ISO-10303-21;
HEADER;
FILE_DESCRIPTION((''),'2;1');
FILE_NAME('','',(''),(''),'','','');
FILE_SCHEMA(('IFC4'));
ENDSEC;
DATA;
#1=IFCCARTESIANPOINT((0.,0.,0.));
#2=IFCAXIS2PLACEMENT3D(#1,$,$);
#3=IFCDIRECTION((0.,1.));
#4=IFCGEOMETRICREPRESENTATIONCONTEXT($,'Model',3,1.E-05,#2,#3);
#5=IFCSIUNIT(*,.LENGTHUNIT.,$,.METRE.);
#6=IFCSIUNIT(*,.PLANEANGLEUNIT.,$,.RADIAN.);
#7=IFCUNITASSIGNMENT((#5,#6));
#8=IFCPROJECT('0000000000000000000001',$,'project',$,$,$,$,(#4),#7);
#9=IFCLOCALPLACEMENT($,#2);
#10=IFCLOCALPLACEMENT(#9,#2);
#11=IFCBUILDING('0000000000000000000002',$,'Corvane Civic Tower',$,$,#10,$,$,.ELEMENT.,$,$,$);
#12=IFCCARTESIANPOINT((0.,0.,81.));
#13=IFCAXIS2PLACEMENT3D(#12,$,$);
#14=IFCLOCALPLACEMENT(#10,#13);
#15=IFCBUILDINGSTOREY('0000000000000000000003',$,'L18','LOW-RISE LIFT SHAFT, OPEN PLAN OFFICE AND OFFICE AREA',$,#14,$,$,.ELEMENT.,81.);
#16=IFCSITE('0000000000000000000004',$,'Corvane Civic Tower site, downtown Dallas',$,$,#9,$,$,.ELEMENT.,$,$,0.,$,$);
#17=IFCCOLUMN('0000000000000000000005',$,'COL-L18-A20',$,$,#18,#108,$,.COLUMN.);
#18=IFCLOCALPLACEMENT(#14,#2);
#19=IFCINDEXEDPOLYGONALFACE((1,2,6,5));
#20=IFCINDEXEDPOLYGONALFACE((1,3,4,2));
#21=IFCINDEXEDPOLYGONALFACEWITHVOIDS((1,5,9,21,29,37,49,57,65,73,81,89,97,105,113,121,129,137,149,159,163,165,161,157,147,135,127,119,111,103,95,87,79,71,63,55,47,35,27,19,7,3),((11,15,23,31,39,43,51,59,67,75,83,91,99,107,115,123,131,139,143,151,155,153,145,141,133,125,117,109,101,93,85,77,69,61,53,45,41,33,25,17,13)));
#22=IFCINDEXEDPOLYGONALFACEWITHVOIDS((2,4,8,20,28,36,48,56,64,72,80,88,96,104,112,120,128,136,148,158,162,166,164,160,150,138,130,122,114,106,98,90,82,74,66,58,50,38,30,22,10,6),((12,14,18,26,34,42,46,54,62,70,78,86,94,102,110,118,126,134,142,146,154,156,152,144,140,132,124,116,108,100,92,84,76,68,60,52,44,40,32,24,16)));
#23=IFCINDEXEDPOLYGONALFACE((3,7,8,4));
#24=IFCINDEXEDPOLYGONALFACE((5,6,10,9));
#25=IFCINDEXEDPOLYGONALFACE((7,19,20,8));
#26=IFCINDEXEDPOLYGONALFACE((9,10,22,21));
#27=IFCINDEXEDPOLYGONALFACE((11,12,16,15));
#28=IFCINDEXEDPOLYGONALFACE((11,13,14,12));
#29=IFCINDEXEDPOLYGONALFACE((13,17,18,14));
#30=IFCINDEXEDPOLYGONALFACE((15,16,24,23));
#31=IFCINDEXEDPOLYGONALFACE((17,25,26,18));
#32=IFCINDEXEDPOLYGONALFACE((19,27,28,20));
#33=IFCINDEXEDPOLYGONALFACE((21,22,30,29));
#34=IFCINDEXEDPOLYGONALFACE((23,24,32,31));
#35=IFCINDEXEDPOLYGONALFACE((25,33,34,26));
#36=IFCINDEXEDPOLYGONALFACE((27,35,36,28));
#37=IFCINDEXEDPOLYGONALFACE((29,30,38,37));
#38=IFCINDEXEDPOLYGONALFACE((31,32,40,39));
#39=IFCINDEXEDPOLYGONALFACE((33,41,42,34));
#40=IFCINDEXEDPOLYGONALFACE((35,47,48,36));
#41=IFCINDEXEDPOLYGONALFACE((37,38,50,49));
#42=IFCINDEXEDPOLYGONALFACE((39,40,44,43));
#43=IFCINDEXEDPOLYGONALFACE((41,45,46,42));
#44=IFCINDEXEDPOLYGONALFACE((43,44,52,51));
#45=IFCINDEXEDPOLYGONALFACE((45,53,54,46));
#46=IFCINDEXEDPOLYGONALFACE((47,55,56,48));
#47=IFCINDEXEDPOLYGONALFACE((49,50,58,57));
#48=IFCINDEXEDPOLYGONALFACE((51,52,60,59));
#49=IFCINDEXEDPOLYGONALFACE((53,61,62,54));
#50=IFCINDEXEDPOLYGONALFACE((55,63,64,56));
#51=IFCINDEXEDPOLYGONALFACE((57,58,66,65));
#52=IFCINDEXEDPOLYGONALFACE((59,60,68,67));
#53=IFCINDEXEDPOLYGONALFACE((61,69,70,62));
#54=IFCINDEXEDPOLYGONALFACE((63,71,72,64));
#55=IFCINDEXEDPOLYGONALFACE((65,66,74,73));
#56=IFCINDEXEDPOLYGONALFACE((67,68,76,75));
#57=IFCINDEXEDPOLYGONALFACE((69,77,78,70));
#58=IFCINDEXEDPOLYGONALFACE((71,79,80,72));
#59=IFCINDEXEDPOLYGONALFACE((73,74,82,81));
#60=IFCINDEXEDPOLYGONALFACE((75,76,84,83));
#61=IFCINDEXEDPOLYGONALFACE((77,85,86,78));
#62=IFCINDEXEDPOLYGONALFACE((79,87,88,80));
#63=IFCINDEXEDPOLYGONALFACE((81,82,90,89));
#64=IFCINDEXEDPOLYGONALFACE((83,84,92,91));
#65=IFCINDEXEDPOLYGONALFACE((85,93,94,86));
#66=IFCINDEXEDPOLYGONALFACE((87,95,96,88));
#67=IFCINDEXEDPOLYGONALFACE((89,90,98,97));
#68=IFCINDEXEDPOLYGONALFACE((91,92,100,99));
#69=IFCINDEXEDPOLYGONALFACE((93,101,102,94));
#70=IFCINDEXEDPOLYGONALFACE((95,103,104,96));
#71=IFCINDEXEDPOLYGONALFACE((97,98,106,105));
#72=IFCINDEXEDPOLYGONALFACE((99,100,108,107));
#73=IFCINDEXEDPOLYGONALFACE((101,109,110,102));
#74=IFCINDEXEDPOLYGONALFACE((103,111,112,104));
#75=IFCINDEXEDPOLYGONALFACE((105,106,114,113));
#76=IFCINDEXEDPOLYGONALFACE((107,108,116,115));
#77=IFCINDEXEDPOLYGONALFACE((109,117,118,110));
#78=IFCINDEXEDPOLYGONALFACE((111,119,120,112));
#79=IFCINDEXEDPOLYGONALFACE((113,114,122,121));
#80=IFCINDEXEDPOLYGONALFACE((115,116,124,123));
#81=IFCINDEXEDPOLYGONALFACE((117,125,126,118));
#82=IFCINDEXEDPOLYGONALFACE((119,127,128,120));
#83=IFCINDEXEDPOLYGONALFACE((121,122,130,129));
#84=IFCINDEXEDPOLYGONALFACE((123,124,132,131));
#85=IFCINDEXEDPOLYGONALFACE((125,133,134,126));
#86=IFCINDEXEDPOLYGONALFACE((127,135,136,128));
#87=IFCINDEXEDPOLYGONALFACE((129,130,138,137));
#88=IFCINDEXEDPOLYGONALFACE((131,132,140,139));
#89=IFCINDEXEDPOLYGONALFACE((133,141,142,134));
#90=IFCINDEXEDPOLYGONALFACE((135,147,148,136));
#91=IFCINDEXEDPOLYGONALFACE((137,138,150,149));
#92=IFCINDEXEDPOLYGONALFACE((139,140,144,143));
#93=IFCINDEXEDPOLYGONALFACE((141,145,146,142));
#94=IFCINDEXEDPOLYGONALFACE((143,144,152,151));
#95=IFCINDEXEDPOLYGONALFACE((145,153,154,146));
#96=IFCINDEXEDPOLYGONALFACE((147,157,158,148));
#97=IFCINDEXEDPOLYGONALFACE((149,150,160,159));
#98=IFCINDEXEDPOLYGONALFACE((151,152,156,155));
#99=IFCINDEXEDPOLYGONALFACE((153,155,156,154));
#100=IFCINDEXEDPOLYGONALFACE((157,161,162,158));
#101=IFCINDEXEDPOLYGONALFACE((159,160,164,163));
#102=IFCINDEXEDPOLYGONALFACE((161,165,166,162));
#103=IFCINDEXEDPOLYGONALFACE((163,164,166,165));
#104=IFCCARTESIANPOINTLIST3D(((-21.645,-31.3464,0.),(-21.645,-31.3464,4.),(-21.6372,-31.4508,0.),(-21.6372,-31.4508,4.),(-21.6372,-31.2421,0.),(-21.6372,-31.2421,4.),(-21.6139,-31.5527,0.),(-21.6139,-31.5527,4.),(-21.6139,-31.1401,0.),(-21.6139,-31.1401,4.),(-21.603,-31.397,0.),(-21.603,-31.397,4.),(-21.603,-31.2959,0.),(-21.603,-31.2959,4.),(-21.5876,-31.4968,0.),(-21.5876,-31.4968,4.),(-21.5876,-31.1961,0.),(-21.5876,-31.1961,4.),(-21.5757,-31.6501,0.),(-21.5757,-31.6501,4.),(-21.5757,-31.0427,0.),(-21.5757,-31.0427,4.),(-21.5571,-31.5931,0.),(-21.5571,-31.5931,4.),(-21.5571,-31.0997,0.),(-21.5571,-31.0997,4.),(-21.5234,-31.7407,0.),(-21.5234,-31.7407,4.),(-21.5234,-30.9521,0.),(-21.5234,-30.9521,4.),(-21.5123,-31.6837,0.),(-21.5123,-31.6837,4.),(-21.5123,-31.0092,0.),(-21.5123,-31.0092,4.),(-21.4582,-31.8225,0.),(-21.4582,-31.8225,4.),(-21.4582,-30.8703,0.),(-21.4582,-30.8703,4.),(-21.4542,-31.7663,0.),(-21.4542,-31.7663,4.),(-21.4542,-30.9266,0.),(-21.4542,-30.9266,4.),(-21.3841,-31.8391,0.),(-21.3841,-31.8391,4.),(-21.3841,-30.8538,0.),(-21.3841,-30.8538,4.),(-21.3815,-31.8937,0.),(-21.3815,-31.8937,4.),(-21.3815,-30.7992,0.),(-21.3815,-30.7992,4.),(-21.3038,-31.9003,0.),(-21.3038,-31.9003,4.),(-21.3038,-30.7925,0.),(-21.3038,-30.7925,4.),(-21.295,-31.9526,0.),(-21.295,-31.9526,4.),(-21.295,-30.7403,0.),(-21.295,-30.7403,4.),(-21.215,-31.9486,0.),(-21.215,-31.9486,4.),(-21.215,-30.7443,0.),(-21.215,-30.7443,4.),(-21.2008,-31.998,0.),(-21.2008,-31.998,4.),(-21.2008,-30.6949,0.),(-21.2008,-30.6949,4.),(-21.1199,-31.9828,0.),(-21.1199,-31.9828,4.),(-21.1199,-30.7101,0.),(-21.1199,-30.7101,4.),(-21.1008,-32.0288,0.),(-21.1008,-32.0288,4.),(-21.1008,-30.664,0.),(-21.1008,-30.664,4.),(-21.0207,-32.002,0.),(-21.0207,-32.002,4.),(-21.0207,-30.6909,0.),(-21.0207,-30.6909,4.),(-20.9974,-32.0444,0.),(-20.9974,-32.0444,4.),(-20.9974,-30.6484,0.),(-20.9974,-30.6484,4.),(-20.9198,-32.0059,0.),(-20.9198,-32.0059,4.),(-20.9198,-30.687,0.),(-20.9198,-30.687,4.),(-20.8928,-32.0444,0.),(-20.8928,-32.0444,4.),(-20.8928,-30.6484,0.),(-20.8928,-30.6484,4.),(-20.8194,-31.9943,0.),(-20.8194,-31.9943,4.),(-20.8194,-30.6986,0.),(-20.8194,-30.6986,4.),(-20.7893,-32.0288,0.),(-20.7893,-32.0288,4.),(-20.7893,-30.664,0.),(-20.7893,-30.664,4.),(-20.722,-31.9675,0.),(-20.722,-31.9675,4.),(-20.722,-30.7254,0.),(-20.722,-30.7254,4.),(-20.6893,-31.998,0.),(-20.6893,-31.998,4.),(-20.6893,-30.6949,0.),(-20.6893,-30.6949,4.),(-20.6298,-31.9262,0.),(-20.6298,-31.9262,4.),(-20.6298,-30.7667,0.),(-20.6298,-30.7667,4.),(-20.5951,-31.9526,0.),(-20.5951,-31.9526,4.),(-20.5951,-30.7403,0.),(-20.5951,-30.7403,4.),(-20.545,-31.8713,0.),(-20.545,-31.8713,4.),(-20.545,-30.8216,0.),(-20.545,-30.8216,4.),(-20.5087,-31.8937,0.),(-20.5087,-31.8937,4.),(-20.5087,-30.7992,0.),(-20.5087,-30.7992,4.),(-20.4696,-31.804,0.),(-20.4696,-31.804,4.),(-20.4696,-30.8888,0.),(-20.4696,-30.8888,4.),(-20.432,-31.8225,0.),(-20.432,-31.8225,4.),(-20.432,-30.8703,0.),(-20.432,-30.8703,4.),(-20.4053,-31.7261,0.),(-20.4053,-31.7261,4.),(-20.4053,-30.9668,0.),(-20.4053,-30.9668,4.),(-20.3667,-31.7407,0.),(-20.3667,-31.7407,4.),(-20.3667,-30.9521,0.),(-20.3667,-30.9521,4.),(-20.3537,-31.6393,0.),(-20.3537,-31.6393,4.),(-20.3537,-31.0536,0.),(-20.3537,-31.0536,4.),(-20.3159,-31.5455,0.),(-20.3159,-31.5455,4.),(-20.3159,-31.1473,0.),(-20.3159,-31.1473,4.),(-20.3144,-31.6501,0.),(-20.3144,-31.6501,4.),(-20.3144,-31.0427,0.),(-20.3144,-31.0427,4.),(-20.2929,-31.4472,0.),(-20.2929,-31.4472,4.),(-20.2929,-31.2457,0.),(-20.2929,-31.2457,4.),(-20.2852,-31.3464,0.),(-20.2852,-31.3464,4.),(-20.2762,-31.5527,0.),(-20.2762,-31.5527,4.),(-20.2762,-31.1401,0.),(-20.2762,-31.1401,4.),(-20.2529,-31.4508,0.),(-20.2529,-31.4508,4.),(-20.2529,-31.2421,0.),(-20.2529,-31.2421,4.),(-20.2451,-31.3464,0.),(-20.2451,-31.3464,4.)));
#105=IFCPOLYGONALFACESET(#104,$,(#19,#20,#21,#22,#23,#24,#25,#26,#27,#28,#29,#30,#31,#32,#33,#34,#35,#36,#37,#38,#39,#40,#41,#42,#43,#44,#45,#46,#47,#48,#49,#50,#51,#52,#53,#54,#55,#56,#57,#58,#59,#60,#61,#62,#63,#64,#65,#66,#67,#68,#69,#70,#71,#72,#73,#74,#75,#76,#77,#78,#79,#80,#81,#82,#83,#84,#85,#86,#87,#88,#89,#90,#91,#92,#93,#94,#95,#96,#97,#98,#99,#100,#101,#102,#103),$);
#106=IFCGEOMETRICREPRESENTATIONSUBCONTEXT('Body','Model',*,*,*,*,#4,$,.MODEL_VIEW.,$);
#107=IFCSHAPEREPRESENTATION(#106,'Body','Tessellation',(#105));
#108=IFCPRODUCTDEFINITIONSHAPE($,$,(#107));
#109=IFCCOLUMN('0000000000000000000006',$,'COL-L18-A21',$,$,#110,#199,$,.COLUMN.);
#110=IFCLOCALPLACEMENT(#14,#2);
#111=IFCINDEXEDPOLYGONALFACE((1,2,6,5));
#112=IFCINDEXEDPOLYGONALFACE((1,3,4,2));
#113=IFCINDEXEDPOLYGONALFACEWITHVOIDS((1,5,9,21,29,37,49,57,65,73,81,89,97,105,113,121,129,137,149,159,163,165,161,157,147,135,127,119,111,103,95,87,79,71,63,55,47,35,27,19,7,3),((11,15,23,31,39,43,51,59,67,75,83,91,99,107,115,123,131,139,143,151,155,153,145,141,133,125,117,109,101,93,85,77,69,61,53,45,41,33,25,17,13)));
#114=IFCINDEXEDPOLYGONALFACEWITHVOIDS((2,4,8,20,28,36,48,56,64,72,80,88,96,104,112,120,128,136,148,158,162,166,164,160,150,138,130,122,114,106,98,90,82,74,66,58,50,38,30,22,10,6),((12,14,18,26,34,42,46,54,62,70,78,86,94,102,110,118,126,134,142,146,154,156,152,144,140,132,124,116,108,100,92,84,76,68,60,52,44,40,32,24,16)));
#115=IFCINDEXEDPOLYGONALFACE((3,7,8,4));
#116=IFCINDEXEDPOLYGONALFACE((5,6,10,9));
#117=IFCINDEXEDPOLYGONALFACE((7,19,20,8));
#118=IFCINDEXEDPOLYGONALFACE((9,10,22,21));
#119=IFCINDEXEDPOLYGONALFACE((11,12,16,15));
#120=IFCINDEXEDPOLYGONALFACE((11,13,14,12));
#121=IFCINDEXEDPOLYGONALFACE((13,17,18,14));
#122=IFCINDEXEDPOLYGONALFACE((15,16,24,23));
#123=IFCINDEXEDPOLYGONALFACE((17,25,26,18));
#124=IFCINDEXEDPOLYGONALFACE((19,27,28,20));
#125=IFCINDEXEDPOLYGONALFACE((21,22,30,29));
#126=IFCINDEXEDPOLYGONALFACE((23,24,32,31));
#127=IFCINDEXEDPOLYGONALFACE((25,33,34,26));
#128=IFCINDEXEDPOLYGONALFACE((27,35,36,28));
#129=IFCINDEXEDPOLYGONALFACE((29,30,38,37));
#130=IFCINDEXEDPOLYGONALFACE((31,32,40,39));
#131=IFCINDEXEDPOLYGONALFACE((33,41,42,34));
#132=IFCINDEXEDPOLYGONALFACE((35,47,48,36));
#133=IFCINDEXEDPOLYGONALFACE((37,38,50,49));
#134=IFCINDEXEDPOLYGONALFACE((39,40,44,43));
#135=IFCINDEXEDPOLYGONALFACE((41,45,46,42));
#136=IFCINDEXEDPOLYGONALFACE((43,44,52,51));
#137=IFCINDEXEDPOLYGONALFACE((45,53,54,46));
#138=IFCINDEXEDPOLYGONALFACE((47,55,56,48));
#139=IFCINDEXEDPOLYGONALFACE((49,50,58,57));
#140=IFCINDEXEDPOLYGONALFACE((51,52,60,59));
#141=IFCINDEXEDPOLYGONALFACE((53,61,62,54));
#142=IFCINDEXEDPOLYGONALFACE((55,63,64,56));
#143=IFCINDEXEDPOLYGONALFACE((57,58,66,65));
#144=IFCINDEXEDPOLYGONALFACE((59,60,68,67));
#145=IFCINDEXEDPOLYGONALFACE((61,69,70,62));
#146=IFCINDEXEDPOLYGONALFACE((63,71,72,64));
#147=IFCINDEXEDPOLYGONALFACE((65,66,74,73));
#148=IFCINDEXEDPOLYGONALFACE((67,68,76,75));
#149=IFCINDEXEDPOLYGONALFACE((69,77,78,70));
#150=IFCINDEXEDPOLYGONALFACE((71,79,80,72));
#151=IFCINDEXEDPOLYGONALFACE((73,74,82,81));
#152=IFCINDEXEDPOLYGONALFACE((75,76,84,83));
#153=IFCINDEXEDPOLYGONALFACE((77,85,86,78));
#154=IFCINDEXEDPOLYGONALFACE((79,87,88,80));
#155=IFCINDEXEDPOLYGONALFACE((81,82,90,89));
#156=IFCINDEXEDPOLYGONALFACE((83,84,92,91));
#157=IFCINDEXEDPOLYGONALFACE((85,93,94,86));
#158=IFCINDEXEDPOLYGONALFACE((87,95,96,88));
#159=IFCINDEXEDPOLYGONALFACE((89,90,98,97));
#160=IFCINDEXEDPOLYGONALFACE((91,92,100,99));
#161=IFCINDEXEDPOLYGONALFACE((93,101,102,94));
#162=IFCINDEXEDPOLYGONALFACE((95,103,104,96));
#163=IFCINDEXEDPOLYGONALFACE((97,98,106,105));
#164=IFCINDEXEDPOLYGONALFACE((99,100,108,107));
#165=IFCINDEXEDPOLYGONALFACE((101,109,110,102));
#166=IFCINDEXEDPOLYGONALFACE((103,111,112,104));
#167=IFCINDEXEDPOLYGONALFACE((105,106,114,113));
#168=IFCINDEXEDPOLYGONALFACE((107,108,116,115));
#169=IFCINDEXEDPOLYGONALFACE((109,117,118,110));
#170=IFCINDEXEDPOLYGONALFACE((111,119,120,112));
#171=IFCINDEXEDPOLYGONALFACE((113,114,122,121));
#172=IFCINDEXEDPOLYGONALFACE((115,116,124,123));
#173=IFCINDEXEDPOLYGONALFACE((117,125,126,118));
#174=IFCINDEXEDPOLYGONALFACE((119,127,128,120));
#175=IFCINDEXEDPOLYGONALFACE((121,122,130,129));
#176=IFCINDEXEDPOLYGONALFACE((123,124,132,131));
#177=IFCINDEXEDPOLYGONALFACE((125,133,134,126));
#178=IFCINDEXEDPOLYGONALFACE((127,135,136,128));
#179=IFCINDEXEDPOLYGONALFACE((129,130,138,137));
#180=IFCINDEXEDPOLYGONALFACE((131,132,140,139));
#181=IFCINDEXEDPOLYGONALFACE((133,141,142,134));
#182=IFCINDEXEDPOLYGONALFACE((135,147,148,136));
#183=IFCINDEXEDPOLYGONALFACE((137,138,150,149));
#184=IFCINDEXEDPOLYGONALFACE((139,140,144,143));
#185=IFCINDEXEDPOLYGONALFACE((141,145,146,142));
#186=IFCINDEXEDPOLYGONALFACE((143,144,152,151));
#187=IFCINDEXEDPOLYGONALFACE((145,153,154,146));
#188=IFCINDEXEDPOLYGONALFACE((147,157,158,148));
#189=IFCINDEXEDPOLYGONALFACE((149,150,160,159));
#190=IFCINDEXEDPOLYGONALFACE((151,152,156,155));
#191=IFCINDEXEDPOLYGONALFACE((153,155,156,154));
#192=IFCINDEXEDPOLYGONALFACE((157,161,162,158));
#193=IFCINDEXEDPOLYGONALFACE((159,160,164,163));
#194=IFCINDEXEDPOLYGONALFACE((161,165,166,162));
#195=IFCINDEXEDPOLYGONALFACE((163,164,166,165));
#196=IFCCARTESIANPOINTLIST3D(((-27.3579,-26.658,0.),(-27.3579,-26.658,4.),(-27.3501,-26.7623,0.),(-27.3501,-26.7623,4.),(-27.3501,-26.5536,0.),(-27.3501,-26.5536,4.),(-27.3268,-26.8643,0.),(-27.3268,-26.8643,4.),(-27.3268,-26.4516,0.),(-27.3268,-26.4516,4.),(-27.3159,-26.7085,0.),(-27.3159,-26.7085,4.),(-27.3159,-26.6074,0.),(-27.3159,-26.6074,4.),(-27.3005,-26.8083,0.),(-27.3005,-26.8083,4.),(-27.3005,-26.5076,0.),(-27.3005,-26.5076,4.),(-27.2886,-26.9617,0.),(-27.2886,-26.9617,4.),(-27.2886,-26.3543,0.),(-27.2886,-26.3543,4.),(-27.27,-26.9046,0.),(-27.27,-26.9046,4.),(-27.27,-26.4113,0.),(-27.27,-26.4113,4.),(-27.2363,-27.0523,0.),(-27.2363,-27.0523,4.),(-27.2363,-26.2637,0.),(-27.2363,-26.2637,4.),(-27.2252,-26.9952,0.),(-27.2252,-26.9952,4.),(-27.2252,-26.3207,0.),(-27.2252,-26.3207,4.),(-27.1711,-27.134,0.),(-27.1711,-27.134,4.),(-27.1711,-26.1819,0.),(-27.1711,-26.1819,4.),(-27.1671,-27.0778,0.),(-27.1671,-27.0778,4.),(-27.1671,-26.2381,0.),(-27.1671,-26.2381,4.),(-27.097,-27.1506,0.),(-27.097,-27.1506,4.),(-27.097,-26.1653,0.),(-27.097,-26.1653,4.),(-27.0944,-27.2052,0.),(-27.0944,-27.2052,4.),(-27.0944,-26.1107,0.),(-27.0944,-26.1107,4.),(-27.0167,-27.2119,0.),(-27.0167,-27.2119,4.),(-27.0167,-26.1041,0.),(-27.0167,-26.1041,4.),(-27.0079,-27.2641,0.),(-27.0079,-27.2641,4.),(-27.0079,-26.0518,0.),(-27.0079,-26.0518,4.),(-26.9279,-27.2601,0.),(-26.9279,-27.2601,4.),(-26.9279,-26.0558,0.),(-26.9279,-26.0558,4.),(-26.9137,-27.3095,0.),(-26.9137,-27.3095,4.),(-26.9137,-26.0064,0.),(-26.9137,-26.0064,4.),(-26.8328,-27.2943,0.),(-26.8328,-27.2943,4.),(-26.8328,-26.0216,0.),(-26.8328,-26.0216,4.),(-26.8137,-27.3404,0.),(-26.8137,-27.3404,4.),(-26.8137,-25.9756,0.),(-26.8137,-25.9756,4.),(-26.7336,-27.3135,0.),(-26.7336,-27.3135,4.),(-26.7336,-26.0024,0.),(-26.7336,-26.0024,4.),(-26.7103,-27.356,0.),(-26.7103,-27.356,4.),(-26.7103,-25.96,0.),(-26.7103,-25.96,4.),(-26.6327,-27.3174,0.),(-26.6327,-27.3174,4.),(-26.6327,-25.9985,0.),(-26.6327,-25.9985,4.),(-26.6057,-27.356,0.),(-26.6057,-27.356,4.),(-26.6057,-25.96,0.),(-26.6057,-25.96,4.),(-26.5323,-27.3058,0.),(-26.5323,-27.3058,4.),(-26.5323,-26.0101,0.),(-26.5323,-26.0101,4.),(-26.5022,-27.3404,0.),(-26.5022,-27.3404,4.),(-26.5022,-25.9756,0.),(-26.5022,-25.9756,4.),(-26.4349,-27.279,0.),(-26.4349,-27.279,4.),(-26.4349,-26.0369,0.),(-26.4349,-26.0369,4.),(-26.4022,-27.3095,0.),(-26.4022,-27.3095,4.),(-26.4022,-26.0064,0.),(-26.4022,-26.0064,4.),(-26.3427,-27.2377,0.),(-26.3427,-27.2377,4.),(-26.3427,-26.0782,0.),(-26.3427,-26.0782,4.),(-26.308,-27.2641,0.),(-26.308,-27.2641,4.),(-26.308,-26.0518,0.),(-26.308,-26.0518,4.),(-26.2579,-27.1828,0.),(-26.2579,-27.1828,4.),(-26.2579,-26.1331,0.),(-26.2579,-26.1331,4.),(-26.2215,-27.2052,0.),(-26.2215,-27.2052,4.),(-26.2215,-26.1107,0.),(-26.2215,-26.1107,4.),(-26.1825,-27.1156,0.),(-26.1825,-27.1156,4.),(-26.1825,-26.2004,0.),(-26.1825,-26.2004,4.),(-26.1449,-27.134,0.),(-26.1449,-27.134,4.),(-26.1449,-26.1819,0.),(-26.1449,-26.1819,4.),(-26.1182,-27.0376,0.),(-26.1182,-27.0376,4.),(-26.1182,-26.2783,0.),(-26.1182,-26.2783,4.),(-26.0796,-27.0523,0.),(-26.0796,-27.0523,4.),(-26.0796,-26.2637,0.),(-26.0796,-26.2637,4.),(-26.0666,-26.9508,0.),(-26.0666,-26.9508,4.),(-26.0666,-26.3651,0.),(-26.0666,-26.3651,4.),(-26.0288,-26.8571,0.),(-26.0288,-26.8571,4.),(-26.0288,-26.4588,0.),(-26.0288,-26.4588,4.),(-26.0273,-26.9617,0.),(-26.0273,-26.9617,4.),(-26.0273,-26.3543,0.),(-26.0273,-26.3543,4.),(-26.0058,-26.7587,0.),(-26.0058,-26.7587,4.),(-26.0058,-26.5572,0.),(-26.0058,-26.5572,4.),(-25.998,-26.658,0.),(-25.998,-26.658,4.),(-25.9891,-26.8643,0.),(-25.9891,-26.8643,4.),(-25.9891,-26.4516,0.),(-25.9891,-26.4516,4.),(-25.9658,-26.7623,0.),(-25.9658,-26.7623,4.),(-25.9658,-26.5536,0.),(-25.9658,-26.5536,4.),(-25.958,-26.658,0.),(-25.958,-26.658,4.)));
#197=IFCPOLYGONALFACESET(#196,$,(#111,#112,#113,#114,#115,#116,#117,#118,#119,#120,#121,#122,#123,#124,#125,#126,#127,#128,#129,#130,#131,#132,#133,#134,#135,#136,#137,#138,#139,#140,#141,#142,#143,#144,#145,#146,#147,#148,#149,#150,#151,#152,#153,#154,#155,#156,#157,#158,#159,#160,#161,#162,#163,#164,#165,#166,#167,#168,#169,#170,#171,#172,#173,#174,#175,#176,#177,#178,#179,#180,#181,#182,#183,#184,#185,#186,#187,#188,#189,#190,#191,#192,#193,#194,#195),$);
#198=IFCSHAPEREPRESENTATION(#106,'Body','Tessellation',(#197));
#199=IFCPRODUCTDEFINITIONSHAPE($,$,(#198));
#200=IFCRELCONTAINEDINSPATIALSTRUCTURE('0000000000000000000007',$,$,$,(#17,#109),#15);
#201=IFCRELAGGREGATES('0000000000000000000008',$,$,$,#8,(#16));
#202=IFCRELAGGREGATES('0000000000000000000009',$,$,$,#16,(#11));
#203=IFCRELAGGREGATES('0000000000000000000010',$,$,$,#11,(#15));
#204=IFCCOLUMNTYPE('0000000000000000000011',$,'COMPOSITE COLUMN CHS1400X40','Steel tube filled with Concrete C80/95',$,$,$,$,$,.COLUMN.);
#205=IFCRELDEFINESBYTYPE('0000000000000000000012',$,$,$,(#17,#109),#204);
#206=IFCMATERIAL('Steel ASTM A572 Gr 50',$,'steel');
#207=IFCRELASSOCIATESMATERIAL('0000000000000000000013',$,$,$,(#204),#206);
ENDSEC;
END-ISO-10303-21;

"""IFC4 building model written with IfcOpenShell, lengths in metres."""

from ifc_helpers import new_model, si_unit, direction, frame, origin, origin_2d, place, context, subcontext, project, spatial, hollow_circle, extrude, material, material_profile, profile_set, type_object, element, save


model = new_model("IFC4")

# Units and contexts
model_context = context("Model", 3, precision=1e-05, world=origin(), true_north=direction((0.0, 1.0)))
body_context = subcontext(model_context, "Body", "Model", "MODEL_VIEW")
ifc_project = project(units=[si_unit("LENGTHUNIT", "METRE"), si_unit("PLANEANGLEUNIT", "RADIAN")], contexts=[model_context])

# Site, building, storey
site_placement = place(None, origin())
site = spatial("IfcSite", under=ifc_project, at=site_placement, Name="Corvane Civic Tower site, downtown Dallas", CompositionType="ELEMENT", RefElevation=0.0)
building_placement = place(site_placement, origin())
building = spatial("IfcBuilding", under=site, at=building_placement, Name="Corvane Civic Tower", CompositionType="ELEMENT")
storey_placement = place(building_placement, frame((0.0, 0.0, 81.0)))
storey = spatial("IfcBuildingStorey", under=building, at=storey_placement, Name="L18", Description="LOW-RISE LIFT SHAFT, OPEN PLAN OFFICE AND OFFICE AREA", CompositionType="ELEMENT", Elevation=81.0)

# Columns
ifc_material_1 = material(Name="Steel ASTM A572 Gr 50", Category="steel")
ifc_material_profile_1 = material_profile(ifc_material_1, hollow_circle(Radius=0.7, WallThickness=0.04, at=origin_2d()), Name="CHS1400X40")
ifc_profile_set_1 = profile_set([ifc_material_profile_1], Name="Steel ASTM A572 Gr 50")
column_type = type_object("IfcColumnType", Name="COMPOSITE COLUMN CHS1400X40", Description="Steel tube filled with Concrete C80/95", PredefinedType="COLUMN", material=ifc_profile_set_1)
for number, where, z_axis, x_axis, name in (
    (1, (-20.9451, -31.3464, 0.0), (0.0, 0.0, 1.0), (1.0, 0.0, 0.0), "COL-L18-A20"),
    (2, (-26.658, -26.658, 0.0), (0.0, 0.0, 1.0), (1.0, 0.0, 0.0), "COL-L18-A21"),
):
    element("IfcColumn", number, at=place(storey_placement, frame(where, z_axis=z_axis, x_axis=x_axis)), inside=storey, type_object=column_type, Name=name, PredefinedType="COLUMN", context=body_context, shape_type="SweptSolid", body=[
        extrude(hollow_circle(Radius=0.7, WallThickness=0.04, at=origin_2d()), origin(), (0.0, 0.0, 1.0), 4.0),
    ])

save(model, "model.ifc")
